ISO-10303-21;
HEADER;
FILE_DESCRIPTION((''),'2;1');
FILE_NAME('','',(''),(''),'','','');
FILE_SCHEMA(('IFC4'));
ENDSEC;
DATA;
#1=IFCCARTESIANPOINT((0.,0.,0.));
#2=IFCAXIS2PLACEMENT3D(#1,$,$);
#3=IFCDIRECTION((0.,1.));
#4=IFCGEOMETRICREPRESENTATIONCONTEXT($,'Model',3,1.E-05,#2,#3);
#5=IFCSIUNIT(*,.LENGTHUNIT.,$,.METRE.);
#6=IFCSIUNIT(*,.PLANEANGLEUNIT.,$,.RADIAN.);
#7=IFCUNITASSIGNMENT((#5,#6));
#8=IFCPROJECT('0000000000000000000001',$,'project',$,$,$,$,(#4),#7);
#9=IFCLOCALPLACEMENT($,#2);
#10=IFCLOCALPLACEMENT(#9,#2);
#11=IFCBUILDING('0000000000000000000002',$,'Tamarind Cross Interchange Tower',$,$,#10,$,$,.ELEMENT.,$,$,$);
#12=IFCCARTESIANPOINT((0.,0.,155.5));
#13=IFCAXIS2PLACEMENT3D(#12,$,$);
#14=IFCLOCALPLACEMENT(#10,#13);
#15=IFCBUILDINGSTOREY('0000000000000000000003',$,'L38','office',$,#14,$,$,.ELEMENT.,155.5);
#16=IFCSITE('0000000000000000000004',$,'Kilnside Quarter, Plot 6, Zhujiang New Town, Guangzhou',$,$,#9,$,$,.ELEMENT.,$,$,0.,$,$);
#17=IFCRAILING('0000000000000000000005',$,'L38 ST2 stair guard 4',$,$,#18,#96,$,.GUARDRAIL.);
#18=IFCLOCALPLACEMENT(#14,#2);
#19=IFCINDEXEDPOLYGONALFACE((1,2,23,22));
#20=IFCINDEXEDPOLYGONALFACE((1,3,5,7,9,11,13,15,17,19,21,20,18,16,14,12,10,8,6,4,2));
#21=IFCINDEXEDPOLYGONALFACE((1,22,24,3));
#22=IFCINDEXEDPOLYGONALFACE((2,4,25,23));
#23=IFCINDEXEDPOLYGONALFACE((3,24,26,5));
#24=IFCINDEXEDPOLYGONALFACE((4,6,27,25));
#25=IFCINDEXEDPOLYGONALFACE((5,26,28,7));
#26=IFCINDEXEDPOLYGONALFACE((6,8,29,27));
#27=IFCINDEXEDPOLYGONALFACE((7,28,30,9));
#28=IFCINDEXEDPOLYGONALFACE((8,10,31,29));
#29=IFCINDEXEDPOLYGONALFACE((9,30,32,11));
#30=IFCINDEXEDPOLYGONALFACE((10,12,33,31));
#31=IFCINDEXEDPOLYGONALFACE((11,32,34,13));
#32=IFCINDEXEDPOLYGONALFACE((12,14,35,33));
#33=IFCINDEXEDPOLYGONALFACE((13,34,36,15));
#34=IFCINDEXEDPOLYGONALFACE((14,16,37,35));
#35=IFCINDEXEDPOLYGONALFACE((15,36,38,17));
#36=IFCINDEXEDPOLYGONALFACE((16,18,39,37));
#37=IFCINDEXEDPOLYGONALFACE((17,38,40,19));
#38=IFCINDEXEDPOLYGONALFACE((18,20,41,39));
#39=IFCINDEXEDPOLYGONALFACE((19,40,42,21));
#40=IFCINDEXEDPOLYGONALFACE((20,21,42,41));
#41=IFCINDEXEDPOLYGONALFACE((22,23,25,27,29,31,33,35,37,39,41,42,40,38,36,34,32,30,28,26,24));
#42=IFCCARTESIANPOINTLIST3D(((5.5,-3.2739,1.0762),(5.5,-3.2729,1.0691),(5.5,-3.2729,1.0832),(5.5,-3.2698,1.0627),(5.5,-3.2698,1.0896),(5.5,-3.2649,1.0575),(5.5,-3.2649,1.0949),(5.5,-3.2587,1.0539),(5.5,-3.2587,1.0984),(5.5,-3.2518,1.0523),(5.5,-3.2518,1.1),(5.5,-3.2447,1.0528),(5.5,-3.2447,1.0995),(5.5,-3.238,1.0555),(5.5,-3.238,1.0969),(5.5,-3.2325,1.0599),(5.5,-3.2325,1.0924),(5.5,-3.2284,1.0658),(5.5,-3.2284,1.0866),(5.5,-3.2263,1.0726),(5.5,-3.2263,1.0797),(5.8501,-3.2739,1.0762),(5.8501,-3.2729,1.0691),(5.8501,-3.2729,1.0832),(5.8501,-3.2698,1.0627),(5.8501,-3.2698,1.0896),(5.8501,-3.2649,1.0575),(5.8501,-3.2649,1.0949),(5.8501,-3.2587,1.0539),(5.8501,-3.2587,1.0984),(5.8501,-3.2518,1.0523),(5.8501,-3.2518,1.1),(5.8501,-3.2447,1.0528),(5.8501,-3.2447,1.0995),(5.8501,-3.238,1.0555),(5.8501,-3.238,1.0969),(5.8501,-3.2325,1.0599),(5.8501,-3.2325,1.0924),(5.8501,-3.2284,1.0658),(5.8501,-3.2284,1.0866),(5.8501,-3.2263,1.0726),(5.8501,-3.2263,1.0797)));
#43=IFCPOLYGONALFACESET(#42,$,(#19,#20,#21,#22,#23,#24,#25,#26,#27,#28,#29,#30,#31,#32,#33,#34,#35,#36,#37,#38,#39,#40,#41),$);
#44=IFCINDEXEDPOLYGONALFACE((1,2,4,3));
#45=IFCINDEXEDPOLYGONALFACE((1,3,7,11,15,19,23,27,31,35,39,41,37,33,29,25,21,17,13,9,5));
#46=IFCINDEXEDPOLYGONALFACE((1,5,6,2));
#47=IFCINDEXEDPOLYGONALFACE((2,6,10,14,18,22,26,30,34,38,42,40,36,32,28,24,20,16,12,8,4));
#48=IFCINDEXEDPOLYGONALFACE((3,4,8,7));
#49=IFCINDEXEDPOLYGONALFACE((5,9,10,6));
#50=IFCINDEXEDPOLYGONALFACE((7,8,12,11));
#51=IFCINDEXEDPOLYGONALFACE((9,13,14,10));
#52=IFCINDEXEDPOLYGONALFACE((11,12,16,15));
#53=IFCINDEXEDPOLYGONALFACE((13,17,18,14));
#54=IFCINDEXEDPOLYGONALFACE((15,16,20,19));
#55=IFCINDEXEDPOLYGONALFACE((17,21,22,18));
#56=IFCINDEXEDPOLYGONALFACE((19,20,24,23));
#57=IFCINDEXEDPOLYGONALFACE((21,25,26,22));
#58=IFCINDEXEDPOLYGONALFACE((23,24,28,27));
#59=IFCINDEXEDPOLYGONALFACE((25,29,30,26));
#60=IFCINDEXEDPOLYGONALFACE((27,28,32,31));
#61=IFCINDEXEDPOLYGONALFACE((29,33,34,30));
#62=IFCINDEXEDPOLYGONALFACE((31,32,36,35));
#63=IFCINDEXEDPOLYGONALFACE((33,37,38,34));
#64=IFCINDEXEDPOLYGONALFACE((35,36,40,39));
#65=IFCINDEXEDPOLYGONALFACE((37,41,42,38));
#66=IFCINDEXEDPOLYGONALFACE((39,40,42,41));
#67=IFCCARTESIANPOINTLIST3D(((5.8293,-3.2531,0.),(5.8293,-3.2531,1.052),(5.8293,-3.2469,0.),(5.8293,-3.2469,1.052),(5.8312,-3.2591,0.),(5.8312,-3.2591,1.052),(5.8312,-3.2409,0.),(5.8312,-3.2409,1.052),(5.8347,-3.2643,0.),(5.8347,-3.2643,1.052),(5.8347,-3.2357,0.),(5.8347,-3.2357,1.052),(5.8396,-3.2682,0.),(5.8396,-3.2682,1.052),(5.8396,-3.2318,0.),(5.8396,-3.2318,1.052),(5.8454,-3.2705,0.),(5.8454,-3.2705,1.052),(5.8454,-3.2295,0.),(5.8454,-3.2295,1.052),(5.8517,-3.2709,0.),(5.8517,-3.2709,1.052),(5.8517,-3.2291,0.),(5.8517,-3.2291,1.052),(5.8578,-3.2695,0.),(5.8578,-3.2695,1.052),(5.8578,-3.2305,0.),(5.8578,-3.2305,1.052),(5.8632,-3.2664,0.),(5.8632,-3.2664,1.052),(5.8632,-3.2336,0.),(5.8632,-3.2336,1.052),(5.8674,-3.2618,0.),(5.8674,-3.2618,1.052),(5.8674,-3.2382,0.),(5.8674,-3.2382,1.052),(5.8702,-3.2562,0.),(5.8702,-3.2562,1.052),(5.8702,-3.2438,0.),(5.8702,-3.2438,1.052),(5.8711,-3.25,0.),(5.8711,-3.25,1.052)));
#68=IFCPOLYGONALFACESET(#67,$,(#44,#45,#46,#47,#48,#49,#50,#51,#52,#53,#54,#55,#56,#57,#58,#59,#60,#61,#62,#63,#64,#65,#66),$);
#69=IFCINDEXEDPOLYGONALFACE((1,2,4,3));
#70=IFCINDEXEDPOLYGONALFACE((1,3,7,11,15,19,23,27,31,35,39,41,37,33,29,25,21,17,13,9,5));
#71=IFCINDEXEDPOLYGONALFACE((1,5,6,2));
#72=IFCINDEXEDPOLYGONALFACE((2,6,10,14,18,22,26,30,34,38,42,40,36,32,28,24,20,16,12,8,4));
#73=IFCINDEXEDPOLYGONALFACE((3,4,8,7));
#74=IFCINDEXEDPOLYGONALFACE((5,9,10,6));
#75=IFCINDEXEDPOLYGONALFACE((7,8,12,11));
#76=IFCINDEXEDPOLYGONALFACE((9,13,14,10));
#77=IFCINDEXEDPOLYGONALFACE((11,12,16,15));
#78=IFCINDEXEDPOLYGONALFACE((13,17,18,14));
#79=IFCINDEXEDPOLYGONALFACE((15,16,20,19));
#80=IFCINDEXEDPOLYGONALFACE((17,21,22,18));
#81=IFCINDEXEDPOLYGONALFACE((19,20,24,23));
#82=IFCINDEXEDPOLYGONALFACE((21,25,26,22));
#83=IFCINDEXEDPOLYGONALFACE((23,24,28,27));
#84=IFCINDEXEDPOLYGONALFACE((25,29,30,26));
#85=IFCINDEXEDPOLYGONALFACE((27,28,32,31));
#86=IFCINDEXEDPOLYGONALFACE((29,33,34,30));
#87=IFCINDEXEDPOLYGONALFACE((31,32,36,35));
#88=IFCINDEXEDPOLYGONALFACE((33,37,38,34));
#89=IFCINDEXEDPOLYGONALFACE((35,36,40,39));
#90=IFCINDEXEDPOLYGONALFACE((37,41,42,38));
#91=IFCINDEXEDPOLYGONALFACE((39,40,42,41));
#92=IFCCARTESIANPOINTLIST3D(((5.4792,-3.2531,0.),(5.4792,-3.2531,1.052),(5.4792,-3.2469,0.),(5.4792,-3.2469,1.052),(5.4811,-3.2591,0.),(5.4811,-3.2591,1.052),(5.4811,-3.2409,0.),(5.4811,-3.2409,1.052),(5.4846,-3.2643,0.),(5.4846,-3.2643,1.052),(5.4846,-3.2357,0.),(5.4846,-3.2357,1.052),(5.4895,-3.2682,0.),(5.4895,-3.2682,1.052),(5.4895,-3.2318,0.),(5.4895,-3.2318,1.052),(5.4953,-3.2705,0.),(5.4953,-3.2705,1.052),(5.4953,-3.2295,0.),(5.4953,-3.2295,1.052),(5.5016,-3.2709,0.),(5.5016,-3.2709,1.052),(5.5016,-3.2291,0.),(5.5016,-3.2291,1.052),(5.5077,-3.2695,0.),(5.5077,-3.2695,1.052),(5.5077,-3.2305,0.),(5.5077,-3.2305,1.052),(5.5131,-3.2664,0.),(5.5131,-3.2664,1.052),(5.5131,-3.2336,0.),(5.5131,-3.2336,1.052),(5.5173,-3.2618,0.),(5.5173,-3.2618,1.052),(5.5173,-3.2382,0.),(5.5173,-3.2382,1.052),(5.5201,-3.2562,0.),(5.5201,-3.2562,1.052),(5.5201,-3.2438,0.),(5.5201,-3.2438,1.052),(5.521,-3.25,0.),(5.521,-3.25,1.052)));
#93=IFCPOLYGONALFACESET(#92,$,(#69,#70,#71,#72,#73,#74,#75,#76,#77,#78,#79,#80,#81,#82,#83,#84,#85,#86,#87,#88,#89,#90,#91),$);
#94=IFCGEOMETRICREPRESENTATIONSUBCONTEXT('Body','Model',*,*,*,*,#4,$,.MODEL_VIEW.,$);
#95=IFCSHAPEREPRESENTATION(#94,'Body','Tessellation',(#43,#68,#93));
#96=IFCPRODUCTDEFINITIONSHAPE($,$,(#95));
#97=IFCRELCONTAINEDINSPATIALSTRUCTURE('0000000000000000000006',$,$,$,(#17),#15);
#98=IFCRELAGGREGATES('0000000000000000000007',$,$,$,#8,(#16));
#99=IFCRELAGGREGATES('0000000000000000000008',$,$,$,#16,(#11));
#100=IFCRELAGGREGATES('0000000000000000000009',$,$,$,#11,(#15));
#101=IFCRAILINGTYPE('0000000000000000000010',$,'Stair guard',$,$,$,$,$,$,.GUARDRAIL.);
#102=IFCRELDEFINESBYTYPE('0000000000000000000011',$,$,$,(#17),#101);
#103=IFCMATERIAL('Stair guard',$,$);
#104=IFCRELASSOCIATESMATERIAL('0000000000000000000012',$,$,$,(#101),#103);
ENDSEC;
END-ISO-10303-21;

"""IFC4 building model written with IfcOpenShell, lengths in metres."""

from ifc_helpers import new_model, si_unit, direction, frame, origin, origin_2d, place, context, subcontext, project, spatial, circle, extrude, material, type_object, element, save


model = new_model("IFC4")

# Units and contexts
model_context = context("Model", 3, precision=1e-05, world=origin(), true_north=direction((0.0, 1.0)))
body_context = subcontext(model_context, "Body", "Model", "MODEL_VIEW")
ifc_project = project(units=[si_unit("LENGTHUNIT", "METRE"), si_unit("PLANEANGLEUNIT", "RADIAN")], contexts=[model_context])

# Site, building, storey
site_placement = place(None, origin())
site = spatial("IfcSite", under=ifc_project, at=site_placement, Name="Kilnside Quarter, Plot 6, Zhujiang New Town, Guangzhou", CompositionType="ELEMENT", RefElevation=0.0)
building_placement = place(site_placement, origin())
building = spatial("IfcBuilding", under=site, at=building_placement, Name="Tamarind Cross Interchange Tower", CompositionType="ELEMENT")
storey_placement = place(building_placement, frame((0.0, 0.0, 155.5)))
storey = spatial("IfcBuildingStorey", under=building, at=storey_placement, Name="L38", Description="office", CompositionType="ELEMENT", Elevation=155.5)

# Railing
ifc_material_1 = material(Name="Stair guard")
railing_type_1 = type_object("IfcRailingType", Name="Stair guard", PredefinedType="GUARDRAIL", material=ifc_material_1)
railing_1_placement = place(storey_placement, frame((5.8501, -3.25, 0.0)))
element("IfcRailing", 1, at=railing_1_placement, inside=storey, type_object=railing_type_1, Name="L38 ST2 stair guard 4", PredefinedType="GUARDRAIL", context=body_context, shape_type="SweptSolid", body=[
    extrude(circle(Radius=0.0239, at=origin_2d()), frame((0.0, 0.0, 1.0762), z_axis=(-1.0, 0.0, 0.0), x_axis=(0.0, -1.0, 0.0)), (0.0, 0.0, 1.0), 0.3501),
    extrude(circle(Radius=0.021, at=origin_2d()), origin(), (0.0, 0.0, 1.0), 1.052),
    extrude(circle(Radius=0.021, at=origin_2d()), frame((-0.3501, 0.0, 0.0)), (0.0, 0.0, 1.0), 1.052),
])

save(model, "model.ifc")
